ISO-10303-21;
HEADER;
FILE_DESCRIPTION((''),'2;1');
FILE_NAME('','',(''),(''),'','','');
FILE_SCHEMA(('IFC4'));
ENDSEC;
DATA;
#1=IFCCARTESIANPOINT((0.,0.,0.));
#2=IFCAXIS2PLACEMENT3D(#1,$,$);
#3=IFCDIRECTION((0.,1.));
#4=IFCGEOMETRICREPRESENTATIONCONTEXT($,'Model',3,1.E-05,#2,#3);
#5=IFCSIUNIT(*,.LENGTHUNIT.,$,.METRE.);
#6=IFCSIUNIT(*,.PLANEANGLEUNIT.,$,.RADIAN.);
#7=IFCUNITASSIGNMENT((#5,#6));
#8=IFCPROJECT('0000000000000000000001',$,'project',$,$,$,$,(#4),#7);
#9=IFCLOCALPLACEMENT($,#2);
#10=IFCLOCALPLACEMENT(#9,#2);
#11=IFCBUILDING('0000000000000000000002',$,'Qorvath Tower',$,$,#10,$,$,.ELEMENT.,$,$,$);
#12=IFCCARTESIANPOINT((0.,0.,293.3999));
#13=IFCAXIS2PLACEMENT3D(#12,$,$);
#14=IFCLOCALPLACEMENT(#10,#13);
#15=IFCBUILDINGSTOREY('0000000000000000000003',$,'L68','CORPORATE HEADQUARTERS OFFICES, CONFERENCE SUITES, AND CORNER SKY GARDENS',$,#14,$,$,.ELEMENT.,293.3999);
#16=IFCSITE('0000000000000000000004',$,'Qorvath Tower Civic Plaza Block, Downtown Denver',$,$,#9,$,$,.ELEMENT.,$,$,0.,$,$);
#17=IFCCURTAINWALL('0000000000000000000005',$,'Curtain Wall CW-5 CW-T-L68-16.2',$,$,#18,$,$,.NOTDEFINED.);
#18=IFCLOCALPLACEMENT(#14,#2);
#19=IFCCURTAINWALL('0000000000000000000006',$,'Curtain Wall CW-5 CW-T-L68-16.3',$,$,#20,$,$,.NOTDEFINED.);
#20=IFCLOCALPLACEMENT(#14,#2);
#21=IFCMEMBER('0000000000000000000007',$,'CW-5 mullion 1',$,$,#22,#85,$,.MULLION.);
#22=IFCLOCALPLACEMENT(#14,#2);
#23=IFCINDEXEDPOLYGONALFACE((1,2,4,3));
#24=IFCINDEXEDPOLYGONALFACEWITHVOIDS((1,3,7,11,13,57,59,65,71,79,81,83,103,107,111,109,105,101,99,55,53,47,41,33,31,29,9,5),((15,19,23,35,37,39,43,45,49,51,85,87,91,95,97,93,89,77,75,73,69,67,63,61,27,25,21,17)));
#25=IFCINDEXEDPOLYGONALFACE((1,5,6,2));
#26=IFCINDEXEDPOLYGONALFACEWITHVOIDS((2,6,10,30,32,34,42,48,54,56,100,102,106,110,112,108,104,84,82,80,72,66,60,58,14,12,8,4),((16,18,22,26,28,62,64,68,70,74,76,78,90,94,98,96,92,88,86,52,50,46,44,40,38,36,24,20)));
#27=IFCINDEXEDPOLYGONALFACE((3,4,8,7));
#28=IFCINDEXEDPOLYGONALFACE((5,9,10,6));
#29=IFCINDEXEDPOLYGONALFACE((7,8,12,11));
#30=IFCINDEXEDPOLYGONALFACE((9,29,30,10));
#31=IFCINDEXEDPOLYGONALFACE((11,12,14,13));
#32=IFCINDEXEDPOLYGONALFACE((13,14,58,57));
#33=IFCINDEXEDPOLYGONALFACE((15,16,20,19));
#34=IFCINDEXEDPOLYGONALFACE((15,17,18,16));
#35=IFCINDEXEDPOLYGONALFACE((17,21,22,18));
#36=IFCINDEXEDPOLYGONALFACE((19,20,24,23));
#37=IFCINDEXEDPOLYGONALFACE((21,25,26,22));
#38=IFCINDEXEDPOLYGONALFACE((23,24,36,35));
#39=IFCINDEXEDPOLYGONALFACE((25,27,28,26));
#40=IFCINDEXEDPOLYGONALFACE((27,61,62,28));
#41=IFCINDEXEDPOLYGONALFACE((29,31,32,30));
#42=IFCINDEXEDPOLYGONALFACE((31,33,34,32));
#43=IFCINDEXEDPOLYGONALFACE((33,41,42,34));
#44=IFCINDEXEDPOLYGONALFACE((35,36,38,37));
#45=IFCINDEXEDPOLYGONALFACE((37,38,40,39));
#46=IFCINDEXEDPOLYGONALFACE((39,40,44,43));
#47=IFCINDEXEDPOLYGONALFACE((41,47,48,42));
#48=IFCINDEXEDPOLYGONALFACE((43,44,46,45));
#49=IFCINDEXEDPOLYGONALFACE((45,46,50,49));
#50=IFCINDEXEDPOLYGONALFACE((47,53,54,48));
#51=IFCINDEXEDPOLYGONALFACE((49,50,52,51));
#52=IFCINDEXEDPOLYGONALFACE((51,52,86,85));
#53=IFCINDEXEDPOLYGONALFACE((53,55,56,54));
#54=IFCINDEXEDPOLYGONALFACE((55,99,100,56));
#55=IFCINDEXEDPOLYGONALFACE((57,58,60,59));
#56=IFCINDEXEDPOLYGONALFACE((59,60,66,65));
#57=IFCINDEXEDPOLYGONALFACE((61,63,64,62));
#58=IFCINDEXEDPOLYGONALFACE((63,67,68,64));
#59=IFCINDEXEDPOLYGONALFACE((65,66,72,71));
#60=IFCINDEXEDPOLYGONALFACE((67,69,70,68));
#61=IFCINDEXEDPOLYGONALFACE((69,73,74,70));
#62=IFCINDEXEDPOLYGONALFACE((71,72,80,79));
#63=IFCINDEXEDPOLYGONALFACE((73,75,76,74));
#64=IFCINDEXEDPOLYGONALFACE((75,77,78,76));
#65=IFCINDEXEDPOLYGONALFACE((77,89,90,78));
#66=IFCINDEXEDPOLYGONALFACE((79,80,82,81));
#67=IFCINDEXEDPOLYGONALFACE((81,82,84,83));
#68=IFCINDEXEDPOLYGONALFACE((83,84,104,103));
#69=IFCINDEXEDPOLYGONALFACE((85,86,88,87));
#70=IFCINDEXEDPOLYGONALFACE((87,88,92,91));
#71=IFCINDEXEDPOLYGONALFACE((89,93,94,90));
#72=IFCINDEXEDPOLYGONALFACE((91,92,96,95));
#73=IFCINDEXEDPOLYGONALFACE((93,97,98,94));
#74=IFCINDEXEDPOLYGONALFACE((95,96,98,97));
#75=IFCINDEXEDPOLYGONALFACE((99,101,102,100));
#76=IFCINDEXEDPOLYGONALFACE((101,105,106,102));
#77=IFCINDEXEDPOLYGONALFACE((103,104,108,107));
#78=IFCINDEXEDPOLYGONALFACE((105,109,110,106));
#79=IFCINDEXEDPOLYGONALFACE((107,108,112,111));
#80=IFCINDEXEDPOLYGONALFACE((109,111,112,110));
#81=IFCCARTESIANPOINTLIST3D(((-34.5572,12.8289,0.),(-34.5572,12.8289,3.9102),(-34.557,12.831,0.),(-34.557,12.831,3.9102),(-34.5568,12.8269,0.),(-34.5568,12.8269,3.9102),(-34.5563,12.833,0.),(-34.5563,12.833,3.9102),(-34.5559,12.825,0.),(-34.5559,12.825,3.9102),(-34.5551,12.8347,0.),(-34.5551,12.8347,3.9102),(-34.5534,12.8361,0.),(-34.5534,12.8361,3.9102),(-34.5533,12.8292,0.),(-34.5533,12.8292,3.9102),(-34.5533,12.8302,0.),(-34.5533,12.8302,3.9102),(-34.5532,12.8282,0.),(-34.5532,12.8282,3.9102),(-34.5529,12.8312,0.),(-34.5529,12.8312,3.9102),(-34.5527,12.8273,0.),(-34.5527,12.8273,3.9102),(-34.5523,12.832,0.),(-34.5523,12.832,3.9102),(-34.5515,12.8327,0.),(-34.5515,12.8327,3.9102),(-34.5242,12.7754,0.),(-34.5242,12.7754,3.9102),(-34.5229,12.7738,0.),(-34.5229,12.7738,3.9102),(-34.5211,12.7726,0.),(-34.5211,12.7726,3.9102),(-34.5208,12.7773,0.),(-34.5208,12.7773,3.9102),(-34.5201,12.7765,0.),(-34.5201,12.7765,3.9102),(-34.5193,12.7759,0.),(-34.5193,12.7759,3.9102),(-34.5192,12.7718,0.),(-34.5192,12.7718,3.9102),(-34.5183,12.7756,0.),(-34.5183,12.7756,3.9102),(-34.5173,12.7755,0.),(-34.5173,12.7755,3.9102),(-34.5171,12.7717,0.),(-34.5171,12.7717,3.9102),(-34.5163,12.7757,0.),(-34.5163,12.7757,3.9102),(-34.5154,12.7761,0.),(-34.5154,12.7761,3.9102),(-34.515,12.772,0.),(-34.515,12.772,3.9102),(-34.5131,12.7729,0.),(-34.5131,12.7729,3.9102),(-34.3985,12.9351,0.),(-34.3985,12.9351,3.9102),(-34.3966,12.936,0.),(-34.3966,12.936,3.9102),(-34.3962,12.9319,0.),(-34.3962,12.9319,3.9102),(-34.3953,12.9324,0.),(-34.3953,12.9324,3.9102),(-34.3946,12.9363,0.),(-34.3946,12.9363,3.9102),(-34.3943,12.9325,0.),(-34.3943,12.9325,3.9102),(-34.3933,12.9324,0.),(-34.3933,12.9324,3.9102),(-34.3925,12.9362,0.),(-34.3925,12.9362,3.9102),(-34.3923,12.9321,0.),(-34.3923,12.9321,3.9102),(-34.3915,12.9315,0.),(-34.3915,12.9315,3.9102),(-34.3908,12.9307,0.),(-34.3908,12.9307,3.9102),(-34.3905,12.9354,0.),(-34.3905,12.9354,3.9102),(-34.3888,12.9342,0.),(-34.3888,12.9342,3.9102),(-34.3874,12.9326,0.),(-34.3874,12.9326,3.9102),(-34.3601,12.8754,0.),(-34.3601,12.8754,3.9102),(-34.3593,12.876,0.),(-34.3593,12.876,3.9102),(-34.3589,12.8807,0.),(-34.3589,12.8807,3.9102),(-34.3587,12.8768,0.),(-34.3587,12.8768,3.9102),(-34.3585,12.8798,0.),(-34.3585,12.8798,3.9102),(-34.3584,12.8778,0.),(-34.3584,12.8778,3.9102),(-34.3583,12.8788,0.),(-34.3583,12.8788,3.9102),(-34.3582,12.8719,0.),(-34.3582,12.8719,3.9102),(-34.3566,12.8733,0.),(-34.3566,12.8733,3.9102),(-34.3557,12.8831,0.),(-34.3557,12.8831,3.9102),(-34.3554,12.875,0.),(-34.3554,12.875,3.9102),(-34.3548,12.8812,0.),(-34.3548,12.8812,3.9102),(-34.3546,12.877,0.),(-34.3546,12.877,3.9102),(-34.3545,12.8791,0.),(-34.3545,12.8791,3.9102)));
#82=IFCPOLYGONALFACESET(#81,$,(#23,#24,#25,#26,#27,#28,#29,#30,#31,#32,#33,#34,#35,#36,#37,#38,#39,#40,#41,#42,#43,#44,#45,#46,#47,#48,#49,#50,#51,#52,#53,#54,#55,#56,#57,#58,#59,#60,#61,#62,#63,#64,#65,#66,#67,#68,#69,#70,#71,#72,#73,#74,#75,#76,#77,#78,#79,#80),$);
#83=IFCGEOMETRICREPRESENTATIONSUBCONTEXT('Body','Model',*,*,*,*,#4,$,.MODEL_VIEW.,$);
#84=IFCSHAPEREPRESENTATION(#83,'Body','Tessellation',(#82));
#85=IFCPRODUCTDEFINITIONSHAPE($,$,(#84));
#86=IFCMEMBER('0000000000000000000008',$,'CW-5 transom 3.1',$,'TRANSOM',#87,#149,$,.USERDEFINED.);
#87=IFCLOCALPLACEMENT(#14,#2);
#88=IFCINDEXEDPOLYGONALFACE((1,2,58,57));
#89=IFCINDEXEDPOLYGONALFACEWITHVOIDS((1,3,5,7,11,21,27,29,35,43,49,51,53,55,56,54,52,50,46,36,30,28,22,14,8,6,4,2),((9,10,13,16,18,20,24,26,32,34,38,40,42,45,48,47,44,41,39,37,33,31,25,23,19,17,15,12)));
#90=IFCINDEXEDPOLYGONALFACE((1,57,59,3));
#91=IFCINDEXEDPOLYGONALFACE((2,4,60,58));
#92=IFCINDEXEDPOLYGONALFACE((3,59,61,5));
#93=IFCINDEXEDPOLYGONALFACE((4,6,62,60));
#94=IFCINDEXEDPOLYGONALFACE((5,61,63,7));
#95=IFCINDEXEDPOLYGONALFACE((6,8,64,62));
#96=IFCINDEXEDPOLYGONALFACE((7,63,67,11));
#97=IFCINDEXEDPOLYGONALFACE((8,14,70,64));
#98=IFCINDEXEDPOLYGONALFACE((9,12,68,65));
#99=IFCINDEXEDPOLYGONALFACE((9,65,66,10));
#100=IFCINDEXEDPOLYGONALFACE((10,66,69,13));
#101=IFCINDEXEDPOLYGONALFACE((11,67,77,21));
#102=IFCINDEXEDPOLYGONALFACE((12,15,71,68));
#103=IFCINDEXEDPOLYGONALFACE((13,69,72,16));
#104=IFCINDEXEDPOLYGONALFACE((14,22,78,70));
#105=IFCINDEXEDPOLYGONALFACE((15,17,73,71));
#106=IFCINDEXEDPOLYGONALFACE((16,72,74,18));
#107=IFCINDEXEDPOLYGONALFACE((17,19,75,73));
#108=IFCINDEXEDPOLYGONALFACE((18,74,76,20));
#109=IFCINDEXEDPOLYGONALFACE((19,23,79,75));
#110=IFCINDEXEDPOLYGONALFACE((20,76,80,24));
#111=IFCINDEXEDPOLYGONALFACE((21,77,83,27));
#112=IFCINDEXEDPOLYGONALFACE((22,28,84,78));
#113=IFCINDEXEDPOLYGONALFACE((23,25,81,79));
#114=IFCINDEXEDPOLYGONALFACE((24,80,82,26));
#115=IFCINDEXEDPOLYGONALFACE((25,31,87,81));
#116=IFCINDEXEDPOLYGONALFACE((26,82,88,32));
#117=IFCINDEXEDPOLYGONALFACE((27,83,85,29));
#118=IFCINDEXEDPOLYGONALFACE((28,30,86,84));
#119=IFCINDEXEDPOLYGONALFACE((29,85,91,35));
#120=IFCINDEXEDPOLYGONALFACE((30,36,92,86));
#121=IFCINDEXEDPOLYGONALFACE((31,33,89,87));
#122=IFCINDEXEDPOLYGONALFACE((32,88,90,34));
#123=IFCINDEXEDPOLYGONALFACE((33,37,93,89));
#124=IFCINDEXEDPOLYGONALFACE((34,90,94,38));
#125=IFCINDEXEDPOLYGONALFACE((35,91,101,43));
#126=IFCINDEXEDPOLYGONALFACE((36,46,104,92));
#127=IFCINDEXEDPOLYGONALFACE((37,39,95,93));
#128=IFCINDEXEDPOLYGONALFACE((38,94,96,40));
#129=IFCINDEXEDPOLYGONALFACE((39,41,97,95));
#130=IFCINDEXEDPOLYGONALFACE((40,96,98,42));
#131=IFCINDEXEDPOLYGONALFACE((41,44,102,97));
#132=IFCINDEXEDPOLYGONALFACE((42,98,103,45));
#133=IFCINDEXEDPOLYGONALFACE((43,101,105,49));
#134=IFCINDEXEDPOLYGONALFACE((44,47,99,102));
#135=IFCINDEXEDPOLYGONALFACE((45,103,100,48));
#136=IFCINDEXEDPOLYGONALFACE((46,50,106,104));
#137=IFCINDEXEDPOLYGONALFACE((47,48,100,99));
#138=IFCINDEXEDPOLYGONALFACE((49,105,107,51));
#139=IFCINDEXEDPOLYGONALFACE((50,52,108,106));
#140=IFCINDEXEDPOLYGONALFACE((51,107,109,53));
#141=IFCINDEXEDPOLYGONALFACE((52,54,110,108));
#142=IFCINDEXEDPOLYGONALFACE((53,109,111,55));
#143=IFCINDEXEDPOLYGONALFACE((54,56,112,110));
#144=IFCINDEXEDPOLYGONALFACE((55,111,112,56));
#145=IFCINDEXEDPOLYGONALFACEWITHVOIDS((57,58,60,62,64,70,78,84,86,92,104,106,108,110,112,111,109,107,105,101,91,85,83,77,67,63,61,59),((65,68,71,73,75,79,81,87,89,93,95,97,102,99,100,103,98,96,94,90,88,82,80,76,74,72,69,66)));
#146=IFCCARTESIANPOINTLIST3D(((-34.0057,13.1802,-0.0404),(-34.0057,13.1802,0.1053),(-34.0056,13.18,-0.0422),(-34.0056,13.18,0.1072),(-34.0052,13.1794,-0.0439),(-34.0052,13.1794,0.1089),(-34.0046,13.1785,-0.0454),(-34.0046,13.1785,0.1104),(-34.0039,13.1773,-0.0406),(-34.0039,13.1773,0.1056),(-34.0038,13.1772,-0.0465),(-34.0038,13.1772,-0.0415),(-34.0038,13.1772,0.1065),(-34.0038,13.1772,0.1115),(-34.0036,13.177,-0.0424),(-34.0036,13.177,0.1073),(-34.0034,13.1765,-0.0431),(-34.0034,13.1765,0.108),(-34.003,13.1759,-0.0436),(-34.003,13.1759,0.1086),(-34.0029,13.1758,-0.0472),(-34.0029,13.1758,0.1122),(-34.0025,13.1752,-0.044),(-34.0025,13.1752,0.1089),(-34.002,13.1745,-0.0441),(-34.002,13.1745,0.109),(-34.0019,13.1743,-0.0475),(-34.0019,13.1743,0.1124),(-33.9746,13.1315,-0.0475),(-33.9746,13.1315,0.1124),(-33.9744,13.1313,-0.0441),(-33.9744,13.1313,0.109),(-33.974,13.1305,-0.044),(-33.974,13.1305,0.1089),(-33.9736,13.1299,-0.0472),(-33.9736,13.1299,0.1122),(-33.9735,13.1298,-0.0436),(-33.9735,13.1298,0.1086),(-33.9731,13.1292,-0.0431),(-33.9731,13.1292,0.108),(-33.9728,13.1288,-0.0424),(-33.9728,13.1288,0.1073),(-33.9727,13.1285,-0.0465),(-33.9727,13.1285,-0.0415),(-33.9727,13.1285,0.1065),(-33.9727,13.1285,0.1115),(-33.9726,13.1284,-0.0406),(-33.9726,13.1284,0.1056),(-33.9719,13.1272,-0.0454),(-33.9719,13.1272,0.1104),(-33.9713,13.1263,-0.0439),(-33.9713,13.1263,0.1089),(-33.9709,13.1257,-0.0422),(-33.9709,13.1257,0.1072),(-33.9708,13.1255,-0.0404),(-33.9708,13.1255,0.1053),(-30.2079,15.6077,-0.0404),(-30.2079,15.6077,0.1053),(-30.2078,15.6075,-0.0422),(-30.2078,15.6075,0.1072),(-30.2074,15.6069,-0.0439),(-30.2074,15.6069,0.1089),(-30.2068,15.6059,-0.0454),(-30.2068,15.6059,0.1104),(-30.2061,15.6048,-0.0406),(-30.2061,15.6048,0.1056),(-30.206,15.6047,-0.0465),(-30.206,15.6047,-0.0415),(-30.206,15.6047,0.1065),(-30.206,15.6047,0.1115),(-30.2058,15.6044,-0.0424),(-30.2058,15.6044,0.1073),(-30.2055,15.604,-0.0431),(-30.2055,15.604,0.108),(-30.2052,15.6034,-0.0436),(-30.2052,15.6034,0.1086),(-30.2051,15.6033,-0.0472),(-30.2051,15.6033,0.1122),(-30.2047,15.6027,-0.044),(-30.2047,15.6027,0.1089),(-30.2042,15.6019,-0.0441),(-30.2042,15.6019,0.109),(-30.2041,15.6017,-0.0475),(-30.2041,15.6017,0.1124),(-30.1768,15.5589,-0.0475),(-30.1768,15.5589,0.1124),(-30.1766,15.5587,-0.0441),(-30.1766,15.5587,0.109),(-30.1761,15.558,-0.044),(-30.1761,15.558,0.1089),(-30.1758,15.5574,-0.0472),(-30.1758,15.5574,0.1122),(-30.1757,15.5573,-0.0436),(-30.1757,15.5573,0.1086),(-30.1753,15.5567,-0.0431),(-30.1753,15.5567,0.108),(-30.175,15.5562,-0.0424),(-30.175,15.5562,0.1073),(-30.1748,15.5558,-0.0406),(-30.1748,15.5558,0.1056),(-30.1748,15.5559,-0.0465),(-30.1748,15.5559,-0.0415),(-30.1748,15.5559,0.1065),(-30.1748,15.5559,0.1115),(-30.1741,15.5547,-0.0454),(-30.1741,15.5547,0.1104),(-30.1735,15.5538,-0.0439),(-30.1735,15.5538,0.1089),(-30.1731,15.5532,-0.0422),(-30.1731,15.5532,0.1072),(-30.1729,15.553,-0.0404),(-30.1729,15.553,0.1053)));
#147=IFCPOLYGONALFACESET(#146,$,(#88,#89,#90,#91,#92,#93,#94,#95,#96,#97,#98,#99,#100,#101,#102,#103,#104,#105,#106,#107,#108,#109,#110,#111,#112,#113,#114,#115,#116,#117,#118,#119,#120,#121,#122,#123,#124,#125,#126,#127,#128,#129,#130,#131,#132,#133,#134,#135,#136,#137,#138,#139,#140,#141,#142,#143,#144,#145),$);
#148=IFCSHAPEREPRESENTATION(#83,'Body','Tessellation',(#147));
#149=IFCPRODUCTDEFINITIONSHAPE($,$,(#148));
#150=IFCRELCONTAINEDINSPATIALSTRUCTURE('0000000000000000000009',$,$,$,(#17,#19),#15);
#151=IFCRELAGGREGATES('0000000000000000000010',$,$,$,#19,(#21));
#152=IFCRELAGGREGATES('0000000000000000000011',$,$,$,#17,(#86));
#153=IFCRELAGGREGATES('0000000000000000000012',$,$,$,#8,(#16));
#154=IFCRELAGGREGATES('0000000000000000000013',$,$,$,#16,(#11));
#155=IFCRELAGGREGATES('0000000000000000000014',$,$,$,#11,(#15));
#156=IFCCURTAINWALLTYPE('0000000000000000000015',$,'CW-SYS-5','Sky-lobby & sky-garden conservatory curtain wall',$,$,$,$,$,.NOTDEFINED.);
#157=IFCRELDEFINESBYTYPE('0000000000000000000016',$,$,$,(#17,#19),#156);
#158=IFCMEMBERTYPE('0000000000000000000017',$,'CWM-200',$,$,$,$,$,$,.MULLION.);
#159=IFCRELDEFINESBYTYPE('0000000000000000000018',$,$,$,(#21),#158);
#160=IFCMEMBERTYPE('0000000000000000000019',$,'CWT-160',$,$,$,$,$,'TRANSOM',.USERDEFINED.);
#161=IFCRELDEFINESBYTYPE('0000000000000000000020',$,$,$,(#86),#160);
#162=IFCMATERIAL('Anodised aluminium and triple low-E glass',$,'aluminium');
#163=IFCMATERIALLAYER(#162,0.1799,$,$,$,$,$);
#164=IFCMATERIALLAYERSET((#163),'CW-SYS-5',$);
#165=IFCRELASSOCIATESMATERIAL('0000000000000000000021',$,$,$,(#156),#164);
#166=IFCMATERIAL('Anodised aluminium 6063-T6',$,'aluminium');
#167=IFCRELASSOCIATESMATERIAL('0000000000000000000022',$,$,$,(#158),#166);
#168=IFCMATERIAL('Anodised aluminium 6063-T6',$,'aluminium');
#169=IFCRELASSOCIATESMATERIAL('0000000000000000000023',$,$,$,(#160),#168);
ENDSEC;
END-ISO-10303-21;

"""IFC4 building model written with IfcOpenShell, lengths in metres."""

from ifc_helpers import new_model, si_unit, direction, frame, origin, origin_2d, place, context, subcontext, project, spatial, hollow_rectangle, extrude, material, layer, layer_set, material_profile, profile_set, type_object, element, aggregate, save


model = new_model("IFC4")

# Units and contexts
model_context = context("Model", 3, precision=1e-05, world=origin(), true_north=direction((0.0, 1.0)))
body_context = subcontext(model_context, "Body", "Model", "MODEL_VIEW")
ifc_project = project(units=[si_unit("LENGTHUNIT", "METRE"), si_unit("PLANEANGLEUNIT", "RADIAN")], contexts=[model_context])

# Site, building, storey
site_placement = place(None, origin())
site = spatial("IfcSite", under=ifc_project, at=site_placement, Name="Qorvath Tower Civic Plaza Block, Downtown Denver", CompositionType="ELEMENT", RefElevation=0.0)
building_placement = place(site_placement, origin())
building = spatial("IfcBuilding", under=site, at=building_placement, Name="Qorvath Tower", CompositionType="ELEMENT")
storey_placement = place(building_placement, frame((0.0, 0.0, 293.3999)))
storey = spatial("IfcBuildingStorey", under=building, at=storey_placement, Name="L68", Description="CORPORATE HEADQUARTERS OFFICES, CONFERENCE SUITES, AND CORNER SKY GARDENS", CompositionType="ELEMENT", Elevation=293.3999)

# Curtain walls, member
ifc_material_1 = material(Name="Anodised aluminium and triple low-E glass", Category="aluminium")
ifc_layer_1 = layer(ifc_material_1, 0.1799)
ifc_layer_set_1 = layer_set([ifc_layer_1], Name="CW-SYS-5")
curtain_wall_type = type_object("IfcCurtainWallType", Name="CW-SYS-5", Description="Sky-lobby & sky-garden conservatory curtain wall", PredefinedType="NOTDEFINED", material=ifc_layer_set_1)
curtain_wall_1_placement = place(storey_placement, origin())
curtain_wall_1 = element("IfcCurtainWall", 1, at=curtain_wall_1_placement, inside=storey, type_object=curtain_wall_type, Name="Curtain Wall CW-5 CW-T-L68-16.2", PredefinedType="NOTDEFINED")
ifc_material_2 = material(Name="Anodised aluminium 6063-T6", Category="aluminium")
ifc_material_profile_1 = material_profile(ifc_material_2, hollow_rectangle(XDim=0.075, YDim=0.2, WallThickness=0.0039, InnerFilletRadius=0.0039, OuterFilletRadius=0.0081, at=origin_2d()), Name="CWM 200x75")
ifc_profile_set_1 = profile_set([ifc_material_profile_1], Name="Anodised aluminium 6063-T6")
member_type_1 = type_object("IfcMemberType", Name="CWM-200", PredefinedType="MULLION", material=ifc_profile_set_1)
curtain_wall_2_placement = place(storey_placement, origin())
curtain_wall_2 = element("IfcCurtainWall", 2, at=curtain_wall_2_placement, inside=storey, type_object=curtain_wall_type, Name="Curtain Wall CW-5 CW-T-L68-16.3", PredefinedType="NOTDEFINED")
member_1_placement = place(storey_placement, frame((-34.4558, 12.854, 0.0), z_axis=(0.0, 0.0, 1.0), x_axis=(0.538538, -0.842601, 0.0)))
member_1 = element("IfcMember", 3, at=member_1_placement, type_object=member_type_1, Name="CW-5 mullion 1", PredefinedType="MULLION", context=body_context, shape_type="SweptSolid", body=[
    extrude(hollow_rectangle(XDim=0.075, YDim=0.2, WallThickness=0.0039, InnerFilletRadius=0.0039, OuterFilletRadius=0.0081, at=origin_2d()), origin(), (0.0, 0.0, 1.0), 3.9102),
])

# Member
ifc_material_3 = material(Name="Anodised aluminium 6063-T6", Category="aluminium")
ifc_material_profile_2 = material_profile(ifc_material_3, hollow_rectangle(XDim=0.0649, YDim=0.1599, WallThickness=0.0034, InnerFilletRadius=0.0034, OuterFilletRadius=0.0071, at=origin_2d()), Name="CWT 160x65")
ifc_profile_set_2 = profile_set([ifc_material_profile_2], Name="Anodised aluminium 6063-T6")
member_type_2 = type_object("IfcMemberType", Name="CWT-160", ElementType="TRANSOM", PredefinedType="USERDEFINED", material=ifc_profile_set_2)
member_2_placement = place(storey_placement, frame((-30.1904, 15.5803, 0.0325), z_axis=(-0.842587, -0.53856, 0.0), x_axis=(0.53856, -0.842587, 0.0)))
member_2 = element("IfcMember", 4, at=member_2_placement, type_object=member_type_2, Name="CW-5 transom 3.1", ObjectType="TRANSOM", PredefinedType="USERDEFINED", context=body_context, shape_type="SweptSolid", body=[
    extrude(hollow_rectangle(XDim=0.0649, YDim=0.1599, WallThickness=0.0034, InnerFilletRadius=0.0034, OuterFilletRadius=0.0071, at=origin_2d()), origin(), (0.0, 0.0, 1.0), 4.5073),
])
aggregate(curtain_wall_2, [member_1])

aggregate(curtain_wall_1, [member_2])

save(model, "model.ifc")
